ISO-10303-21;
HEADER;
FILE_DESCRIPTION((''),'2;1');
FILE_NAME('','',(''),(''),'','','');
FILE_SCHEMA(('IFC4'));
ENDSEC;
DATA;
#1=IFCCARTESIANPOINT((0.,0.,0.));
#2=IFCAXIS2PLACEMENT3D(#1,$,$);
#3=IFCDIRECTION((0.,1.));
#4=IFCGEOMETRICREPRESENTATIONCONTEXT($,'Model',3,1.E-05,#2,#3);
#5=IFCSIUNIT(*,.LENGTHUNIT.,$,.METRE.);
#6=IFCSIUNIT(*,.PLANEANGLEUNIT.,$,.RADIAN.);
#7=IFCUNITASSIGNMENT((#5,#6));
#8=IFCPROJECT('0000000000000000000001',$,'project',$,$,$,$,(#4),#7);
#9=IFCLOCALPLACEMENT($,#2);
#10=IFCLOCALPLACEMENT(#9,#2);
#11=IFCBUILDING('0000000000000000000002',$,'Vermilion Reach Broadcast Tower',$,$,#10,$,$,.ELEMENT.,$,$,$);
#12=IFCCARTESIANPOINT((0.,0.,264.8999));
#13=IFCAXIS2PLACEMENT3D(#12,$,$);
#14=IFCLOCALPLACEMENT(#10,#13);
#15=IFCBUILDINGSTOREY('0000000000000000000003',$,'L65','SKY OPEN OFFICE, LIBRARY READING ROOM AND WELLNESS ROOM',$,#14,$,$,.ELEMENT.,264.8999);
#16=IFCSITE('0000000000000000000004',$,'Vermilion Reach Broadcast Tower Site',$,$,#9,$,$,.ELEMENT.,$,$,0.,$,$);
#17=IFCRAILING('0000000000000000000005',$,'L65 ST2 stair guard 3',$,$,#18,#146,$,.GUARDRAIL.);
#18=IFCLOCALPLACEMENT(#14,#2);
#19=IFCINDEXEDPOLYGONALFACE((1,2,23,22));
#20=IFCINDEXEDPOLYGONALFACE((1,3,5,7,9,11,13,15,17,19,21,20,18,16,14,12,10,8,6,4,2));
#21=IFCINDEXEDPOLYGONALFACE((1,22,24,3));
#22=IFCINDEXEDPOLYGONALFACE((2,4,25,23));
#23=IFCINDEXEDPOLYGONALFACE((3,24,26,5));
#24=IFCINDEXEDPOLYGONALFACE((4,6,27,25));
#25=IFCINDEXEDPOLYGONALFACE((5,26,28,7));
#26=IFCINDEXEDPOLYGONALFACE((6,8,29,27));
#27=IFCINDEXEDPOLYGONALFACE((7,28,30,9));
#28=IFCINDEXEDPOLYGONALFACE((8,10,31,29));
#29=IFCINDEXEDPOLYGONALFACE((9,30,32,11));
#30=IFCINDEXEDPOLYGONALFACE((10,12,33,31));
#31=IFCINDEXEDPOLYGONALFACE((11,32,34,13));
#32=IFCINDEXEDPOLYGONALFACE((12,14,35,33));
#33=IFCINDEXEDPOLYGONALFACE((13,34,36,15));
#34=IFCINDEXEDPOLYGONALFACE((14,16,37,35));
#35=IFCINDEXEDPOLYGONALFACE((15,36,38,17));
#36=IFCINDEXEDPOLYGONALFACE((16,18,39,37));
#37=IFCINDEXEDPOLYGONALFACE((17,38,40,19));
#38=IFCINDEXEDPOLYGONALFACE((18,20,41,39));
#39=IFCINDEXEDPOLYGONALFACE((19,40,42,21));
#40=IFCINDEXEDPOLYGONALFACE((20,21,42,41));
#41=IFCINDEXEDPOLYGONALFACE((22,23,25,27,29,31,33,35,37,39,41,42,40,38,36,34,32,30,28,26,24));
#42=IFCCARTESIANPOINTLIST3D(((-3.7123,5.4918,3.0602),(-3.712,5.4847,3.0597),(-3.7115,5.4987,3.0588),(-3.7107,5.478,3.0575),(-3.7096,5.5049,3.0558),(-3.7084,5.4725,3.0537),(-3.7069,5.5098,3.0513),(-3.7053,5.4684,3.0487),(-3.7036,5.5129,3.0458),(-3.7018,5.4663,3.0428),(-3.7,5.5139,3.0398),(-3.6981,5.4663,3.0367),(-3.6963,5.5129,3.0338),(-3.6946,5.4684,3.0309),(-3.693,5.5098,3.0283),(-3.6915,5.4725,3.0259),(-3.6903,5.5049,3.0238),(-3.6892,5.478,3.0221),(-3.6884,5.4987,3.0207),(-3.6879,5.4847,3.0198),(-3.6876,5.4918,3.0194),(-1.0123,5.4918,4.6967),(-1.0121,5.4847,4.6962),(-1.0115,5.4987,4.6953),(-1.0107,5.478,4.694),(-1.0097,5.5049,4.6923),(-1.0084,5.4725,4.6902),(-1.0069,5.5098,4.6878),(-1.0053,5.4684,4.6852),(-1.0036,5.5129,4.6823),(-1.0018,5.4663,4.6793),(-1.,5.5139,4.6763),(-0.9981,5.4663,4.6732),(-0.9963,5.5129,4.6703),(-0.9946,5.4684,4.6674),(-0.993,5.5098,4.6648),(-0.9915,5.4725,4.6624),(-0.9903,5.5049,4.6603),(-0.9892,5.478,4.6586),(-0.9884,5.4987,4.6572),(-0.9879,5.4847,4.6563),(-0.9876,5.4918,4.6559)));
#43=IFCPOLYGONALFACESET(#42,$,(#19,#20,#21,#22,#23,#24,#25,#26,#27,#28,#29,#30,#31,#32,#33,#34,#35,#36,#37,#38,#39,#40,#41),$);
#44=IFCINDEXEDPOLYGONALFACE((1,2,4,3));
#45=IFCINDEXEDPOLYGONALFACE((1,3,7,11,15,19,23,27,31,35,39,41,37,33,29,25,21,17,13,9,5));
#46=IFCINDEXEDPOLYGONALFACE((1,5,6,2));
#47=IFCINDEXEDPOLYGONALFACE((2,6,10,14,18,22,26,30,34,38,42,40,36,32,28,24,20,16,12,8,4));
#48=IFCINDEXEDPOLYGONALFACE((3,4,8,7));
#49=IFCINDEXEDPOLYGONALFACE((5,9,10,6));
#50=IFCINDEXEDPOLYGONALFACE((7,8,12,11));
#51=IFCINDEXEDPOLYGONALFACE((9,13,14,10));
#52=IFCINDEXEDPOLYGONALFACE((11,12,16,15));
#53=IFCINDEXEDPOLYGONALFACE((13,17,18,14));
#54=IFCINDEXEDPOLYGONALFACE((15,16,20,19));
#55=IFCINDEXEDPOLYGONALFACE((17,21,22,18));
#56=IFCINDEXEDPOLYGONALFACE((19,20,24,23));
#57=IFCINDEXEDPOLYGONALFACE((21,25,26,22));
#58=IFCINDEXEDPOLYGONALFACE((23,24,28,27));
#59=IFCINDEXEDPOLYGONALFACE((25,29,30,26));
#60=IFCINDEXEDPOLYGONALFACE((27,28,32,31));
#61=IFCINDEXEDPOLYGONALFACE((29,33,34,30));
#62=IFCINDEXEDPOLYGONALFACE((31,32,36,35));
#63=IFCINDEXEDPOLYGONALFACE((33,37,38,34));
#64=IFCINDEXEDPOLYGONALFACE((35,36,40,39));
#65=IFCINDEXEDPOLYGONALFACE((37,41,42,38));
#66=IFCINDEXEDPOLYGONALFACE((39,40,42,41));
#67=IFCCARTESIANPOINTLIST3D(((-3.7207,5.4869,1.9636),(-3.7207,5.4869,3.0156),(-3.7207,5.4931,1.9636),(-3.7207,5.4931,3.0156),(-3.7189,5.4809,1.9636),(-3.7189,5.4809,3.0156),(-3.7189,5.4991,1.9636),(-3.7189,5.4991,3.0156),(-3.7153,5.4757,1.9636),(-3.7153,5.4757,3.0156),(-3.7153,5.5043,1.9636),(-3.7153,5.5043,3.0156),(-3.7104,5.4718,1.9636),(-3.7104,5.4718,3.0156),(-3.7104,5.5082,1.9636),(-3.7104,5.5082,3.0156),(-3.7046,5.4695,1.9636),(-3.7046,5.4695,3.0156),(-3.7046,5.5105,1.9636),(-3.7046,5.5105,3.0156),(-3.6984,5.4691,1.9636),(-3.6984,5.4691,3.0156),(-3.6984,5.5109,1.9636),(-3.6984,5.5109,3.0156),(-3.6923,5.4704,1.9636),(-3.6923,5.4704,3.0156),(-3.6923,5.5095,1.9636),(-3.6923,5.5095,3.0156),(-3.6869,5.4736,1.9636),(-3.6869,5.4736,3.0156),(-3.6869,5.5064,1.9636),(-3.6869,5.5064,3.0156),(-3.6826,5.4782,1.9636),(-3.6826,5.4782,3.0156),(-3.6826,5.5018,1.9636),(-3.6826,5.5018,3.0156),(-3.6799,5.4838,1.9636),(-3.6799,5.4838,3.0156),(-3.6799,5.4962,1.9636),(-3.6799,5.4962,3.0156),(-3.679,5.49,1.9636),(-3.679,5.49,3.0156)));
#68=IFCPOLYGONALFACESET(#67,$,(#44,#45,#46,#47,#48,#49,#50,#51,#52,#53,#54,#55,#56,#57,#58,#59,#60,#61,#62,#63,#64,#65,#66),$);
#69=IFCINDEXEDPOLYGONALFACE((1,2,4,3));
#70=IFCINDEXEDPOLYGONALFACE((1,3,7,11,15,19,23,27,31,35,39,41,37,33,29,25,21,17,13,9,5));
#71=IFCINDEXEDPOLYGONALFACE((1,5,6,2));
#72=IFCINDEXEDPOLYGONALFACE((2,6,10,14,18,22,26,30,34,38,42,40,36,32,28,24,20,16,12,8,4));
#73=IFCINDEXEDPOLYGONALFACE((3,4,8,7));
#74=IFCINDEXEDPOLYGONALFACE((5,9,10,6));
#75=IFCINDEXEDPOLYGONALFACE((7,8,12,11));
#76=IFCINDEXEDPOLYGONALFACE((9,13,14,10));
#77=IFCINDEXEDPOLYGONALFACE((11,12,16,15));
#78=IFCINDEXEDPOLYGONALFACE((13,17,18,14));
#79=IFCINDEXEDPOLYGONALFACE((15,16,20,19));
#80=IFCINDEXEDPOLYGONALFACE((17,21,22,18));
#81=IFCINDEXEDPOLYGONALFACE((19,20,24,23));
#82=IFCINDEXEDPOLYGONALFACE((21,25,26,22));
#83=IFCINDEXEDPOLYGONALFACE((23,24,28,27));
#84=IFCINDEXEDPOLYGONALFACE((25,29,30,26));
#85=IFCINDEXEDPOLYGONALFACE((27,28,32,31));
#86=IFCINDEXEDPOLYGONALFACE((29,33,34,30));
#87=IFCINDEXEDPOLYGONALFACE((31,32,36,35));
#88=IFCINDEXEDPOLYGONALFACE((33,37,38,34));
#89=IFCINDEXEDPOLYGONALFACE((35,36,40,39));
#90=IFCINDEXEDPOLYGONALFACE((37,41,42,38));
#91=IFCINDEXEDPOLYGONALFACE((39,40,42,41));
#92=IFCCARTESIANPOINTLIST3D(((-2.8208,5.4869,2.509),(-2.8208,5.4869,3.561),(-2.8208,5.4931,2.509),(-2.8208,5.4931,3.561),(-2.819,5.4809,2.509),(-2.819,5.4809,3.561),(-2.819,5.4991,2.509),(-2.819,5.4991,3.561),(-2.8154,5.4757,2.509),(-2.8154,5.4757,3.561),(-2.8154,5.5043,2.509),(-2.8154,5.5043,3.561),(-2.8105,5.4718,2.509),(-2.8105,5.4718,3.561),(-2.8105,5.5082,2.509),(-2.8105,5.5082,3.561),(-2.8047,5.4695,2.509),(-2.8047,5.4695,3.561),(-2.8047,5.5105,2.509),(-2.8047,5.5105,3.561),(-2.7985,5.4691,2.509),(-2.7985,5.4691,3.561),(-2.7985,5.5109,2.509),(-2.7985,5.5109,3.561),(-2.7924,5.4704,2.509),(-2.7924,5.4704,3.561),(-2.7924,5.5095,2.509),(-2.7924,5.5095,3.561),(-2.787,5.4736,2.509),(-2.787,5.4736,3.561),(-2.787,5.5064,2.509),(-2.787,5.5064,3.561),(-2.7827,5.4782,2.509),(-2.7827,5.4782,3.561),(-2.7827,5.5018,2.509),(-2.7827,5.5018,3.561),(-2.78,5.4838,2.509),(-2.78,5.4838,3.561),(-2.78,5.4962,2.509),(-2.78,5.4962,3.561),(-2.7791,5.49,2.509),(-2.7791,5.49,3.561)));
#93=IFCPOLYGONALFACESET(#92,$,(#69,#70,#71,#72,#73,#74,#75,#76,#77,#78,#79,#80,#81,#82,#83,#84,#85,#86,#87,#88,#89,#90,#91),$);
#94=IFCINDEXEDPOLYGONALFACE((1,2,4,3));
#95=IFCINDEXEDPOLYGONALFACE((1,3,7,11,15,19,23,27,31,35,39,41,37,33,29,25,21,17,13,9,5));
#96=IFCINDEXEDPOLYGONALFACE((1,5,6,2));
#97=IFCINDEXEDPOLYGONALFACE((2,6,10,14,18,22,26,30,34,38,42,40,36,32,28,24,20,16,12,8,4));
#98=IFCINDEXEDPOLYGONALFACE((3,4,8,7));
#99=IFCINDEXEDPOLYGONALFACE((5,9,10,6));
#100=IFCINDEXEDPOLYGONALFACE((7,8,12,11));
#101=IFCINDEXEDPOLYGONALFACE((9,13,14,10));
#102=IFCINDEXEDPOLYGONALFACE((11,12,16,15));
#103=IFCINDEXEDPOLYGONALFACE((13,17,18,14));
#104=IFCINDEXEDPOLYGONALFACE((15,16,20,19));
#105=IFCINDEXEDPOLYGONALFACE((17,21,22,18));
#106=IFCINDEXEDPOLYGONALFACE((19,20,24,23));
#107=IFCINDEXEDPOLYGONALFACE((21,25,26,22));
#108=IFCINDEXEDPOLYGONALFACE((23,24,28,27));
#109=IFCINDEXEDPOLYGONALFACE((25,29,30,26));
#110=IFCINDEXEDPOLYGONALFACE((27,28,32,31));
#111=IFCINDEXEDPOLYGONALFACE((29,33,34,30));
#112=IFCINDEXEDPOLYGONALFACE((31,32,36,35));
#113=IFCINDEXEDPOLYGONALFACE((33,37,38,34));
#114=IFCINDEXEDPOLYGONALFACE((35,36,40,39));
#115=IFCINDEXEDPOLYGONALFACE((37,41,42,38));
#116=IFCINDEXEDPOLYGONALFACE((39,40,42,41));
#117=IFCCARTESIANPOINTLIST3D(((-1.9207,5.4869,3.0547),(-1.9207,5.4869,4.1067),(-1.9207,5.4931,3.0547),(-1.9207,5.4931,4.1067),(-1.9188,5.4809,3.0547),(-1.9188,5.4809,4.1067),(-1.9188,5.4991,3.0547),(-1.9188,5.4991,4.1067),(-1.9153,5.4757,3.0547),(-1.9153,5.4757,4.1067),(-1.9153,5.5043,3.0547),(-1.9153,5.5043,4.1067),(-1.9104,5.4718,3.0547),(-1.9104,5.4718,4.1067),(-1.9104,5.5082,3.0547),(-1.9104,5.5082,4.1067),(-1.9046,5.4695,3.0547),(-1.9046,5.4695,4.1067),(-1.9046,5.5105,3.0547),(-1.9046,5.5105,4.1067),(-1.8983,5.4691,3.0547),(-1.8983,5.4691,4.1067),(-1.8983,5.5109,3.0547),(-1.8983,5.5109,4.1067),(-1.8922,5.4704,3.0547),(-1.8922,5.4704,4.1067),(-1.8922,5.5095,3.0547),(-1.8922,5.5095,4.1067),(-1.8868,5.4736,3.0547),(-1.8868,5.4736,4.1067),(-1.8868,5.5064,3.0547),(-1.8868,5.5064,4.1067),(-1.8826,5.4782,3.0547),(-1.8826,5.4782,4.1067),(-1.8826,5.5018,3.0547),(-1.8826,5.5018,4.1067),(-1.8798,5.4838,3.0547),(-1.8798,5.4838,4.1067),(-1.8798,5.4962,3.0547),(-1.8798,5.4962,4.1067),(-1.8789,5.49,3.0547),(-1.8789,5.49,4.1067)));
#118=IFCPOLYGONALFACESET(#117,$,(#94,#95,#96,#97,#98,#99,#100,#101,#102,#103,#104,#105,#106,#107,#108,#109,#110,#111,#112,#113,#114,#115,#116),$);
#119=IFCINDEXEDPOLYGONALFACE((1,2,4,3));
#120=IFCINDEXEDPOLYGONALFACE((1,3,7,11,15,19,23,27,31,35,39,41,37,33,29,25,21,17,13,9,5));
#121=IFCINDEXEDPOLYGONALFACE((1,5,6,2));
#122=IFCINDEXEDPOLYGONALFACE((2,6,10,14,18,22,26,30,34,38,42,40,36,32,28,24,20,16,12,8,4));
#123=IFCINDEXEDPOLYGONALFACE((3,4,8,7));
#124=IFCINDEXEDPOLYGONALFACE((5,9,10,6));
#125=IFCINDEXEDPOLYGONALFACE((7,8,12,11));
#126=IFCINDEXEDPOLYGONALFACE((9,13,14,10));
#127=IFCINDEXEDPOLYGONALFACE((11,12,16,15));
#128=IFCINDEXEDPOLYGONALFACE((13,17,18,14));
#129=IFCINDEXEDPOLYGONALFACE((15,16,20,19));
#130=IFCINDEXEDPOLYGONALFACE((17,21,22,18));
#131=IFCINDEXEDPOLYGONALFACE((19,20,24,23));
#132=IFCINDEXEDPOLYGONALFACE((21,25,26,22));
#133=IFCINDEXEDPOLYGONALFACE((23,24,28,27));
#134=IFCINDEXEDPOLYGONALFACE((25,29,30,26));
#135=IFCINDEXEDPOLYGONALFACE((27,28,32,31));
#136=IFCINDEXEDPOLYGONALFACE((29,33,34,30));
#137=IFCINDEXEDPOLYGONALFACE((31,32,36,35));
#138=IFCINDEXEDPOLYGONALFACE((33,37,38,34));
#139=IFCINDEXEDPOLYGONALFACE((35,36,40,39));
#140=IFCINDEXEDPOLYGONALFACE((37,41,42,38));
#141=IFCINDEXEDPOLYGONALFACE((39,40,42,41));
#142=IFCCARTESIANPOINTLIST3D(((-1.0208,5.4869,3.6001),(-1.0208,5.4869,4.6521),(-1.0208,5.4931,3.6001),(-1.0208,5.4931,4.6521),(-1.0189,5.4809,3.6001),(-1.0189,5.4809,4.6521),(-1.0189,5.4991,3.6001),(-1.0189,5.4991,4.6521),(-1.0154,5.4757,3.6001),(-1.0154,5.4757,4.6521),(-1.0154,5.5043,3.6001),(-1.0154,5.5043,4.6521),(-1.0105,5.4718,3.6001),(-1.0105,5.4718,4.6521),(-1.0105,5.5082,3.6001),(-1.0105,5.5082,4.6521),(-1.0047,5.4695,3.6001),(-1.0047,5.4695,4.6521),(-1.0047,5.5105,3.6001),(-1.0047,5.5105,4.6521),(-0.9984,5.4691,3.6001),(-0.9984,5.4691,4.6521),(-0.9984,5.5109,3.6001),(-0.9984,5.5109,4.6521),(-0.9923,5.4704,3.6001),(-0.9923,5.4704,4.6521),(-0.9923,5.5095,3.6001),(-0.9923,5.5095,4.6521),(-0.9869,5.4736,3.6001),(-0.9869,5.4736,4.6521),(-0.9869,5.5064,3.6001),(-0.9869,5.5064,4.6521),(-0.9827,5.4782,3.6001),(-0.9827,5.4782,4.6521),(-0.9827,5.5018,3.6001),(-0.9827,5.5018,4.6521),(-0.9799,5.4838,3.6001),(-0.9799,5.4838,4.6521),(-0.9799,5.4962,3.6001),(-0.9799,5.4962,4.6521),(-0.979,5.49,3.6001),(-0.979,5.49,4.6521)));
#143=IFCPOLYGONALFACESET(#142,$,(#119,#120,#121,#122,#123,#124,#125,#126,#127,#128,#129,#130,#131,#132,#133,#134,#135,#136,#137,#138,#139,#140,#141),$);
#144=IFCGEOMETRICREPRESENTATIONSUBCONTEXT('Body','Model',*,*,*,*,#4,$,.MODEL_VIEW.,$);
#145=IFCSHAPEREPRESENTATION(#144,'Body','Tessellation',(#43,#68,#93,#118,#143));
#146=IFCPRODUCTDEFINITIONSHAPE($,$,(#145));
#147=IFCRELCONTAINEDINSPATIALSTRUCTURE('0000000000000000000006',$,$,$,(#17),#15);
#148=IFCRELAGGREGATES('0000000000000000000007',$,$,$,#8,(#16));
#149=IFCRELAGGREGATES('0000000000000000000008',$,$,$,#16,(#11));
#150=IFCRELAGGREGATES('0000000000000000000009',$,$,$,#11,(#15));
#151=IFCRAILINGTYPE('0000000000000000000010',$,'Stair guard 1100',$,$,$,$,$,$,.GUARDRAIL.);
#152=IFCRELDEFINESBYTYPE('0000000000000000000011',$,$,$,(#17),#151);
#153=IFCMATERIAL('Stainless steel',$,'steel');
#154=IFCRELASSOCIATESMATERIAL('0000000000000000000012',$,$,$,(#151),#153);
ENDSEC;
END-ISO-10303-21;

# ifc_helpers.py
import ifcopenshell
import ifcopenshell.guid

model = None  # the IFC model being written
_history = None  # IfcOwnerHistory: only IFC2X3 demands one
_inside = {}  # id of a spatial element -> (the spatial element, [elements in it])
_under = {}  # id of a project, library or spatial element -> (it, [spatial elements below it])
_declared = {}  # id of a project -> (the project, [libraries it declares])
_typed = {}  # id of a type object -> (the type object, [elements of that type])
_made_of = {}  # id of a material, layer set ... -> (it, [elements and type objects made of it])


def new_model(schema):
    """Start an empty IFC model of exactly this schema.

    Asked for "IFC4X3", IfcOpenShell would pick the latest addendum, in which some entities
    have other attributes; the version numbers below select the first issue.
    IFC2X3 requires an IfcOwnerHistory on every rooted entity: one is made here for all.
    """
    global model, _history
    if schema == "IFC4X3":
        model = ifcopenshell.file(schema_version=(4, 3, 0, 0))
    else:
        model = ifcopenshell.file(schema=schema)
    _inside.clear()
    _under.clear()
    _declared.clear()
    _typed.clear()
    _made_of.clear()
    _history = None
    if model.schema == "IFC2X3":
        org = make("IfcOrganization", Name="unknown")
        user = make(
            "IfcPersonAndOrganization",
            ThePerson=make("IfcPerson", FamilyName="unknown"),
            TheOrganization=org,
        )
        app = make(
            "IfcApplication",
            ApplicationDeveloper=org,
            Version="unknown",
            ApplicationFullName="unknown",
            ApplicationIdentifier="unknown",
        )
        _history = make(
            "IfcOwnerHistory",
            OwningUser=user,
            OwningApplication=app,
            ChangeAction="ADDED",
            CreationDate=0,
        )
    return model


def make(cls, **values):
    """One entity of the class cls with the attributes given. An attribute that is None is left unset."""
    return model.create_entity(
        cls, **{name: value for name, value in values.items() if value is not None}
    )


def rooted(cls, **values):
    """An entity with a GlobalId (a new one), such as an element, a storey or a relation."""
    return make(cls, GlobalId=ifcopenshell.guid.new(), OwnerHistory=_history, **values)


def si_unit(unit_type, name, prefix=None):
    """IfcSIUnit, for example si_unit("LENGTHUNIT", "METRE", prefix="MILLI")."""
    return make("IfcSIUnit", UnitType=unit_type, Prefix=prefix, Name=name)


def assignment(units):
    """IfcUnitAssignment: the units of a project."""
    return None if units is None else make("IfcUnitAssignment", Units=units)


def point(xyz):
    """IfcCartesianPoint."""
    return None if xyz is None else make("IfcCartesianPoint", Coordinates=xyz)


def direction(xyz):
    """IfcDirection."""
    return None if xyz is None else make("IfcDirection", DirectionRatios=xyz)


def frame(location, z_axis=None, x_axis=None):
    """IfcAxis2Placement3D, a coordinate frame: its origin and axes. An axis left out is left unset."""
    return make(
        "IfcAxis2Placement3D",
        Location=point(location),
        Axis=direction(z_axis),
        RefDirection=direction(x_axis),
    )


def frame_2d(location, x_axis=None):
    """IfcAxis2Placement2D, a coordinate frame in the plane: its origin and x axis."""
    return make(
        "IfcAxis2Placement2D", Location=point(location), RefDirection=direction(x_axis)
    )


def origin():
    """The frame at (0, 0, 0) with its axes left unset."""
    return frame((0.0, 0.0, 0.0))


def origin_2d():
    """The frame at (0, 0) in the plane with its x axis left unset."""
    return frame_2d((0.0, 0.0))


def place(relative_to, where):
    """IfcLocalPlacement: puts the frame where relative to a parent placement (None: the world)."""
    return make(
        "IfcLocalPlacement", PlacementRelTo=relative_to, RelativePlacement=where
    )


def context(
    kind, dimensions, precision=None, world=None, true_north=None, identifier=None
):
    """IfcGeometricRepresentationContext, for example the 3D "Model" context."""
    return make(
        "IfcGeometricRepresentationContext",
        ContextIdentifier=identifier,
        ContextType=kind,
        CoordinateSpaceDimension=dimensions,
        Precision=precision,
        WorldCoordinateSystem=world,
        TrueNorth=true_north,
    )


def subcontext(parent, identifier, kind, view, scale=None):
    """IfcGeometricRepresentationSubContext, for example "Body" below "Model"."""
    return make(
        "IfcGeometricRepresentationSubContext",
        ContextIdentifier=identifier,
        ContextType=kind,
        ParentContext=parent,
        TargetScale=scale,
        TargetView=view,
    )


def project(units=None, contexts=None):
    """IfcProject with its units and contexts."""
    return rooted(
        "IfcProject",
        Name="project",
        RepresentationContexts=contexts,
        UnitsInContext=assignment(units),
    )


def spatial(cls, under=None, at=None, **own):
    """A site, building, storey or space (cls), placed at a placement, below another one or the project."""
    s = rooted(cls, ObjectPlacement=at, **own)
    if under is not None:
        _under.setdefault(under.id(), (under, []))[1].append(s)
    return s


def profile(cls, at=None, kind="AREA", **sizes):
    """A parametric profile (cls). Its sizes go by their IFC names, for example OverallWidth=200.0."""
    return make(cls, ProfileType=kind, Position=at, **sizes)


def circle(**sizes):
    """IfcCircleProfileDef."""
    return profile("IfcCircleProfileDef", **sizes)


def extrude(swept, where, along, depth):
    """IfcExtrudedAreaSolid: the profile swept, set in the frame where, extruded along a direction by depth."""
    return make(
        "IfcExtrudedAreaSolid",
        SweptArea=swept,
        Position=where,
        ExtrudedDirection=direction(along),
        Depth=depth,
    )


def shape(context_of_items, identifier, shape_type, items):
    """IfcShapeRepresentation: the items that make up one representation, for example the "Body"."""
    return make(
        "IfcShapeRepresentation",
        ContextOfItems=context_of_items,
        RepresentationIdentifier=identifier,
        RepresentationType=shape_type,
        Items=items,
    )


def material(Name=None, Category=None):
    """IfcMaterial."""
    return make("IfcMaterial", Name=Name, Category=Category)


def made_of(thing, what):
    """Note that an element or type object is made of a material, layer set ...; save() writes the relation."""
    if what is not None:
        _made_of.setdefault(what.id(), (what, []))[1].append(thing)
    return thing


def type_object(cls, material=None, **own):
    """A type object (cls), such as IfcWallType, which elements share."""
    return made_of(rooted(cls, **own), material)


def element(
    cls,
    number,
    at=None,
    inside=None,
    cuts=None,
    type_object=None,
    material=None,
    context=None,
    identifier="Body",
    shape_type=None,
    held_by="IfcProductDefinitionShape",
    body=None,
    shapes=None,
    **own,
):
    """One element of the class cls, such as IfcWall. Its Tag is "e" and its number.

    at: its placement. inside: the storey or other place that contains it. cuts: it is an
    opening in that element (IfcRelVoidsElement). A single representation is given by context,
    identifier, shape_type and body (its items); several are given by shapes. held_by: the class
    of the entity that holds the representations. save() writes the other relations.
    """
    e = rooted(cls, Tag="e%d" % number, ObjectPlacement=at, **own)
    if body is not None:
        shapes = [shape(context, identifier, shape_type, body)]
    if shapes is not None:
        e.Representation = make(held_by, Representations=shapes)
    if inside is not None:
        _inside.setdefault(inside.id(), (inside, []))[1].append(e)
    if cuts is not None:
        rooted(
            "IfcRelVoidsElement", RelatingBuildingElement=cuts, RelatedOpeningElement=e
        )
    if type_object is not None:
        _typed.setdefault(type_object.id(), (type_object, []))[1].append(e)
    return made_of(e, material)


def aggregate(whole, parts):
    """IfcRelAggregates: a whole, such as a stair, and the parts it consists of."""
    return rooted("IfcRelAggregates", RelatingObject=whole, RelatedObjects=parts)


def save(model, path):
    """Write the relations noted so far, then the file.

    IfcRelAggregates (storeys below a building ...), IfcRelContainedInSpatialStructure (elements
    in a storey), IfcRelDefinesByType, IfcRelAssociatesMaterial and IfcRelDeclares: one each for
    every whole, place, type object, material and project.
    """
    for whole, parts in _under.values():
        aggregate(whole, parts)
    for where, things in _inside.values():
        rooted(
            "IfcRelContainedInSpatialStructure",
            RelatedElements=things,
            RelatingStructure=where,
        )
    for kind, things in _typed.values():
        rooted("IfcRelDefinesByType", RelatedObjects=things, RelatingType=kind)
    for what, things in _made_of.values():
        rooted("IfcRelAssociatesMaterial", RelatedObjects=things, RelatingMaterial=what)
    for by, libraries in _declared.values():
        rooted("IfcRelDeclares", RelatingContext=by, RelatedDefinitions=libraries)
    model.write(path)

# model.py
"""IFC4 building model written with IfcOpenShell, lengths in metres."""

from ifc_helpers import new_model, si_unit, direction, frame, origin, origin_2d, place, context, subcontext, project, spatial, circle, extrude, material, type_object, element, save


model = new_model("IFC4")

# Units and contexts
model_context = context("Model", 3, precision=1e-05, world=origin(), true_north=direction((0.0, 1.0)))
body_context = subcontext(model_context, "Body", "Model", "MODEL_VIEW")
ifc_project = project(units=[si_unit("LENGTHUNIT", "METRE"), si_unit("PLANEANGLEUNIT", "RADIAN")], contexts=[model_context])

# Site, building, storey
site_placement = place(None, origin())
site = spatial("IfcSite", under=ifc_project, at=site_placement, Name="Vermilion Reach Broadcast Tower Site", CompositionType="ELEMENT", RefElevation=0.0)
building_placement = place(site_placement, origin())
building = spatial("IfcBuilding", under=site, at=building_placement, Name="Vermilion Reach Broadcast Tower", CompositionType="ELEMENT")
storey_placement = place(building_placement, frame((0.0, 0.0, 264.8999)))
storey = spatial("IfcBuildingStorey", under=building, at=storey_placement, Name="L65", Description="SKY OPEN OFFICE, LIBRARY READING ROOM AND WELLNESS ROOM", CompositionType="ELEMENT", Elevation=264.8999)

# Railing
ifc_material_1 = material(Name="Stainless steel", Category="steel")
railing_type_1 = type_object("IfcRailingType", Name="Stair guard 1100", PredefinedType="GUARDRAIL", material=ifc_material_1)
railing_1_placement = place(storey_placement, frame((-3.7, 5.49, 1.9636)))
element("IfcRailing", 1, at=railing_1_placement, inside=storey, type_object=railing_type_1, Name="L65 ST2 stair guard 3", PredefinedType="GUARDRAIL", context=body_context, shape_type="SweptSolid", body=[
    extrude(circle(Radius=0.0239, at=origin_2d()), frame((0.0, 0.0, 1.0762), z_axis=(0.855178, 0.0, 0.518334), x_axis=(0.0, 1.0, 0.0)), (0.0, 0.0, 1.0), 3.1572),
    extrude(circle(Radius=0.021, at=origin_2d()), origin(), (0.0, 0.0, 1.0), 1.052),
    extrude(circle(Radius=0.021, at=origin_2d()), frame((0.8999, 0.0, 0.5454)), (0.0, 0.0, 1.0), 1.052),
    extrude(circle(Radius=0.021, at=origin_2d()), frame((1.8, 0.0, 1.0911)), (0.0, 0.0, 1.0), 1.052),
    extrude(circle(Radius=0.021, at=origin_2d()), frame((2.7, 0.0, 1.6365)), (0.0, 0.0, 1.0), 1.052),
])

save(model, "model.ifc")
